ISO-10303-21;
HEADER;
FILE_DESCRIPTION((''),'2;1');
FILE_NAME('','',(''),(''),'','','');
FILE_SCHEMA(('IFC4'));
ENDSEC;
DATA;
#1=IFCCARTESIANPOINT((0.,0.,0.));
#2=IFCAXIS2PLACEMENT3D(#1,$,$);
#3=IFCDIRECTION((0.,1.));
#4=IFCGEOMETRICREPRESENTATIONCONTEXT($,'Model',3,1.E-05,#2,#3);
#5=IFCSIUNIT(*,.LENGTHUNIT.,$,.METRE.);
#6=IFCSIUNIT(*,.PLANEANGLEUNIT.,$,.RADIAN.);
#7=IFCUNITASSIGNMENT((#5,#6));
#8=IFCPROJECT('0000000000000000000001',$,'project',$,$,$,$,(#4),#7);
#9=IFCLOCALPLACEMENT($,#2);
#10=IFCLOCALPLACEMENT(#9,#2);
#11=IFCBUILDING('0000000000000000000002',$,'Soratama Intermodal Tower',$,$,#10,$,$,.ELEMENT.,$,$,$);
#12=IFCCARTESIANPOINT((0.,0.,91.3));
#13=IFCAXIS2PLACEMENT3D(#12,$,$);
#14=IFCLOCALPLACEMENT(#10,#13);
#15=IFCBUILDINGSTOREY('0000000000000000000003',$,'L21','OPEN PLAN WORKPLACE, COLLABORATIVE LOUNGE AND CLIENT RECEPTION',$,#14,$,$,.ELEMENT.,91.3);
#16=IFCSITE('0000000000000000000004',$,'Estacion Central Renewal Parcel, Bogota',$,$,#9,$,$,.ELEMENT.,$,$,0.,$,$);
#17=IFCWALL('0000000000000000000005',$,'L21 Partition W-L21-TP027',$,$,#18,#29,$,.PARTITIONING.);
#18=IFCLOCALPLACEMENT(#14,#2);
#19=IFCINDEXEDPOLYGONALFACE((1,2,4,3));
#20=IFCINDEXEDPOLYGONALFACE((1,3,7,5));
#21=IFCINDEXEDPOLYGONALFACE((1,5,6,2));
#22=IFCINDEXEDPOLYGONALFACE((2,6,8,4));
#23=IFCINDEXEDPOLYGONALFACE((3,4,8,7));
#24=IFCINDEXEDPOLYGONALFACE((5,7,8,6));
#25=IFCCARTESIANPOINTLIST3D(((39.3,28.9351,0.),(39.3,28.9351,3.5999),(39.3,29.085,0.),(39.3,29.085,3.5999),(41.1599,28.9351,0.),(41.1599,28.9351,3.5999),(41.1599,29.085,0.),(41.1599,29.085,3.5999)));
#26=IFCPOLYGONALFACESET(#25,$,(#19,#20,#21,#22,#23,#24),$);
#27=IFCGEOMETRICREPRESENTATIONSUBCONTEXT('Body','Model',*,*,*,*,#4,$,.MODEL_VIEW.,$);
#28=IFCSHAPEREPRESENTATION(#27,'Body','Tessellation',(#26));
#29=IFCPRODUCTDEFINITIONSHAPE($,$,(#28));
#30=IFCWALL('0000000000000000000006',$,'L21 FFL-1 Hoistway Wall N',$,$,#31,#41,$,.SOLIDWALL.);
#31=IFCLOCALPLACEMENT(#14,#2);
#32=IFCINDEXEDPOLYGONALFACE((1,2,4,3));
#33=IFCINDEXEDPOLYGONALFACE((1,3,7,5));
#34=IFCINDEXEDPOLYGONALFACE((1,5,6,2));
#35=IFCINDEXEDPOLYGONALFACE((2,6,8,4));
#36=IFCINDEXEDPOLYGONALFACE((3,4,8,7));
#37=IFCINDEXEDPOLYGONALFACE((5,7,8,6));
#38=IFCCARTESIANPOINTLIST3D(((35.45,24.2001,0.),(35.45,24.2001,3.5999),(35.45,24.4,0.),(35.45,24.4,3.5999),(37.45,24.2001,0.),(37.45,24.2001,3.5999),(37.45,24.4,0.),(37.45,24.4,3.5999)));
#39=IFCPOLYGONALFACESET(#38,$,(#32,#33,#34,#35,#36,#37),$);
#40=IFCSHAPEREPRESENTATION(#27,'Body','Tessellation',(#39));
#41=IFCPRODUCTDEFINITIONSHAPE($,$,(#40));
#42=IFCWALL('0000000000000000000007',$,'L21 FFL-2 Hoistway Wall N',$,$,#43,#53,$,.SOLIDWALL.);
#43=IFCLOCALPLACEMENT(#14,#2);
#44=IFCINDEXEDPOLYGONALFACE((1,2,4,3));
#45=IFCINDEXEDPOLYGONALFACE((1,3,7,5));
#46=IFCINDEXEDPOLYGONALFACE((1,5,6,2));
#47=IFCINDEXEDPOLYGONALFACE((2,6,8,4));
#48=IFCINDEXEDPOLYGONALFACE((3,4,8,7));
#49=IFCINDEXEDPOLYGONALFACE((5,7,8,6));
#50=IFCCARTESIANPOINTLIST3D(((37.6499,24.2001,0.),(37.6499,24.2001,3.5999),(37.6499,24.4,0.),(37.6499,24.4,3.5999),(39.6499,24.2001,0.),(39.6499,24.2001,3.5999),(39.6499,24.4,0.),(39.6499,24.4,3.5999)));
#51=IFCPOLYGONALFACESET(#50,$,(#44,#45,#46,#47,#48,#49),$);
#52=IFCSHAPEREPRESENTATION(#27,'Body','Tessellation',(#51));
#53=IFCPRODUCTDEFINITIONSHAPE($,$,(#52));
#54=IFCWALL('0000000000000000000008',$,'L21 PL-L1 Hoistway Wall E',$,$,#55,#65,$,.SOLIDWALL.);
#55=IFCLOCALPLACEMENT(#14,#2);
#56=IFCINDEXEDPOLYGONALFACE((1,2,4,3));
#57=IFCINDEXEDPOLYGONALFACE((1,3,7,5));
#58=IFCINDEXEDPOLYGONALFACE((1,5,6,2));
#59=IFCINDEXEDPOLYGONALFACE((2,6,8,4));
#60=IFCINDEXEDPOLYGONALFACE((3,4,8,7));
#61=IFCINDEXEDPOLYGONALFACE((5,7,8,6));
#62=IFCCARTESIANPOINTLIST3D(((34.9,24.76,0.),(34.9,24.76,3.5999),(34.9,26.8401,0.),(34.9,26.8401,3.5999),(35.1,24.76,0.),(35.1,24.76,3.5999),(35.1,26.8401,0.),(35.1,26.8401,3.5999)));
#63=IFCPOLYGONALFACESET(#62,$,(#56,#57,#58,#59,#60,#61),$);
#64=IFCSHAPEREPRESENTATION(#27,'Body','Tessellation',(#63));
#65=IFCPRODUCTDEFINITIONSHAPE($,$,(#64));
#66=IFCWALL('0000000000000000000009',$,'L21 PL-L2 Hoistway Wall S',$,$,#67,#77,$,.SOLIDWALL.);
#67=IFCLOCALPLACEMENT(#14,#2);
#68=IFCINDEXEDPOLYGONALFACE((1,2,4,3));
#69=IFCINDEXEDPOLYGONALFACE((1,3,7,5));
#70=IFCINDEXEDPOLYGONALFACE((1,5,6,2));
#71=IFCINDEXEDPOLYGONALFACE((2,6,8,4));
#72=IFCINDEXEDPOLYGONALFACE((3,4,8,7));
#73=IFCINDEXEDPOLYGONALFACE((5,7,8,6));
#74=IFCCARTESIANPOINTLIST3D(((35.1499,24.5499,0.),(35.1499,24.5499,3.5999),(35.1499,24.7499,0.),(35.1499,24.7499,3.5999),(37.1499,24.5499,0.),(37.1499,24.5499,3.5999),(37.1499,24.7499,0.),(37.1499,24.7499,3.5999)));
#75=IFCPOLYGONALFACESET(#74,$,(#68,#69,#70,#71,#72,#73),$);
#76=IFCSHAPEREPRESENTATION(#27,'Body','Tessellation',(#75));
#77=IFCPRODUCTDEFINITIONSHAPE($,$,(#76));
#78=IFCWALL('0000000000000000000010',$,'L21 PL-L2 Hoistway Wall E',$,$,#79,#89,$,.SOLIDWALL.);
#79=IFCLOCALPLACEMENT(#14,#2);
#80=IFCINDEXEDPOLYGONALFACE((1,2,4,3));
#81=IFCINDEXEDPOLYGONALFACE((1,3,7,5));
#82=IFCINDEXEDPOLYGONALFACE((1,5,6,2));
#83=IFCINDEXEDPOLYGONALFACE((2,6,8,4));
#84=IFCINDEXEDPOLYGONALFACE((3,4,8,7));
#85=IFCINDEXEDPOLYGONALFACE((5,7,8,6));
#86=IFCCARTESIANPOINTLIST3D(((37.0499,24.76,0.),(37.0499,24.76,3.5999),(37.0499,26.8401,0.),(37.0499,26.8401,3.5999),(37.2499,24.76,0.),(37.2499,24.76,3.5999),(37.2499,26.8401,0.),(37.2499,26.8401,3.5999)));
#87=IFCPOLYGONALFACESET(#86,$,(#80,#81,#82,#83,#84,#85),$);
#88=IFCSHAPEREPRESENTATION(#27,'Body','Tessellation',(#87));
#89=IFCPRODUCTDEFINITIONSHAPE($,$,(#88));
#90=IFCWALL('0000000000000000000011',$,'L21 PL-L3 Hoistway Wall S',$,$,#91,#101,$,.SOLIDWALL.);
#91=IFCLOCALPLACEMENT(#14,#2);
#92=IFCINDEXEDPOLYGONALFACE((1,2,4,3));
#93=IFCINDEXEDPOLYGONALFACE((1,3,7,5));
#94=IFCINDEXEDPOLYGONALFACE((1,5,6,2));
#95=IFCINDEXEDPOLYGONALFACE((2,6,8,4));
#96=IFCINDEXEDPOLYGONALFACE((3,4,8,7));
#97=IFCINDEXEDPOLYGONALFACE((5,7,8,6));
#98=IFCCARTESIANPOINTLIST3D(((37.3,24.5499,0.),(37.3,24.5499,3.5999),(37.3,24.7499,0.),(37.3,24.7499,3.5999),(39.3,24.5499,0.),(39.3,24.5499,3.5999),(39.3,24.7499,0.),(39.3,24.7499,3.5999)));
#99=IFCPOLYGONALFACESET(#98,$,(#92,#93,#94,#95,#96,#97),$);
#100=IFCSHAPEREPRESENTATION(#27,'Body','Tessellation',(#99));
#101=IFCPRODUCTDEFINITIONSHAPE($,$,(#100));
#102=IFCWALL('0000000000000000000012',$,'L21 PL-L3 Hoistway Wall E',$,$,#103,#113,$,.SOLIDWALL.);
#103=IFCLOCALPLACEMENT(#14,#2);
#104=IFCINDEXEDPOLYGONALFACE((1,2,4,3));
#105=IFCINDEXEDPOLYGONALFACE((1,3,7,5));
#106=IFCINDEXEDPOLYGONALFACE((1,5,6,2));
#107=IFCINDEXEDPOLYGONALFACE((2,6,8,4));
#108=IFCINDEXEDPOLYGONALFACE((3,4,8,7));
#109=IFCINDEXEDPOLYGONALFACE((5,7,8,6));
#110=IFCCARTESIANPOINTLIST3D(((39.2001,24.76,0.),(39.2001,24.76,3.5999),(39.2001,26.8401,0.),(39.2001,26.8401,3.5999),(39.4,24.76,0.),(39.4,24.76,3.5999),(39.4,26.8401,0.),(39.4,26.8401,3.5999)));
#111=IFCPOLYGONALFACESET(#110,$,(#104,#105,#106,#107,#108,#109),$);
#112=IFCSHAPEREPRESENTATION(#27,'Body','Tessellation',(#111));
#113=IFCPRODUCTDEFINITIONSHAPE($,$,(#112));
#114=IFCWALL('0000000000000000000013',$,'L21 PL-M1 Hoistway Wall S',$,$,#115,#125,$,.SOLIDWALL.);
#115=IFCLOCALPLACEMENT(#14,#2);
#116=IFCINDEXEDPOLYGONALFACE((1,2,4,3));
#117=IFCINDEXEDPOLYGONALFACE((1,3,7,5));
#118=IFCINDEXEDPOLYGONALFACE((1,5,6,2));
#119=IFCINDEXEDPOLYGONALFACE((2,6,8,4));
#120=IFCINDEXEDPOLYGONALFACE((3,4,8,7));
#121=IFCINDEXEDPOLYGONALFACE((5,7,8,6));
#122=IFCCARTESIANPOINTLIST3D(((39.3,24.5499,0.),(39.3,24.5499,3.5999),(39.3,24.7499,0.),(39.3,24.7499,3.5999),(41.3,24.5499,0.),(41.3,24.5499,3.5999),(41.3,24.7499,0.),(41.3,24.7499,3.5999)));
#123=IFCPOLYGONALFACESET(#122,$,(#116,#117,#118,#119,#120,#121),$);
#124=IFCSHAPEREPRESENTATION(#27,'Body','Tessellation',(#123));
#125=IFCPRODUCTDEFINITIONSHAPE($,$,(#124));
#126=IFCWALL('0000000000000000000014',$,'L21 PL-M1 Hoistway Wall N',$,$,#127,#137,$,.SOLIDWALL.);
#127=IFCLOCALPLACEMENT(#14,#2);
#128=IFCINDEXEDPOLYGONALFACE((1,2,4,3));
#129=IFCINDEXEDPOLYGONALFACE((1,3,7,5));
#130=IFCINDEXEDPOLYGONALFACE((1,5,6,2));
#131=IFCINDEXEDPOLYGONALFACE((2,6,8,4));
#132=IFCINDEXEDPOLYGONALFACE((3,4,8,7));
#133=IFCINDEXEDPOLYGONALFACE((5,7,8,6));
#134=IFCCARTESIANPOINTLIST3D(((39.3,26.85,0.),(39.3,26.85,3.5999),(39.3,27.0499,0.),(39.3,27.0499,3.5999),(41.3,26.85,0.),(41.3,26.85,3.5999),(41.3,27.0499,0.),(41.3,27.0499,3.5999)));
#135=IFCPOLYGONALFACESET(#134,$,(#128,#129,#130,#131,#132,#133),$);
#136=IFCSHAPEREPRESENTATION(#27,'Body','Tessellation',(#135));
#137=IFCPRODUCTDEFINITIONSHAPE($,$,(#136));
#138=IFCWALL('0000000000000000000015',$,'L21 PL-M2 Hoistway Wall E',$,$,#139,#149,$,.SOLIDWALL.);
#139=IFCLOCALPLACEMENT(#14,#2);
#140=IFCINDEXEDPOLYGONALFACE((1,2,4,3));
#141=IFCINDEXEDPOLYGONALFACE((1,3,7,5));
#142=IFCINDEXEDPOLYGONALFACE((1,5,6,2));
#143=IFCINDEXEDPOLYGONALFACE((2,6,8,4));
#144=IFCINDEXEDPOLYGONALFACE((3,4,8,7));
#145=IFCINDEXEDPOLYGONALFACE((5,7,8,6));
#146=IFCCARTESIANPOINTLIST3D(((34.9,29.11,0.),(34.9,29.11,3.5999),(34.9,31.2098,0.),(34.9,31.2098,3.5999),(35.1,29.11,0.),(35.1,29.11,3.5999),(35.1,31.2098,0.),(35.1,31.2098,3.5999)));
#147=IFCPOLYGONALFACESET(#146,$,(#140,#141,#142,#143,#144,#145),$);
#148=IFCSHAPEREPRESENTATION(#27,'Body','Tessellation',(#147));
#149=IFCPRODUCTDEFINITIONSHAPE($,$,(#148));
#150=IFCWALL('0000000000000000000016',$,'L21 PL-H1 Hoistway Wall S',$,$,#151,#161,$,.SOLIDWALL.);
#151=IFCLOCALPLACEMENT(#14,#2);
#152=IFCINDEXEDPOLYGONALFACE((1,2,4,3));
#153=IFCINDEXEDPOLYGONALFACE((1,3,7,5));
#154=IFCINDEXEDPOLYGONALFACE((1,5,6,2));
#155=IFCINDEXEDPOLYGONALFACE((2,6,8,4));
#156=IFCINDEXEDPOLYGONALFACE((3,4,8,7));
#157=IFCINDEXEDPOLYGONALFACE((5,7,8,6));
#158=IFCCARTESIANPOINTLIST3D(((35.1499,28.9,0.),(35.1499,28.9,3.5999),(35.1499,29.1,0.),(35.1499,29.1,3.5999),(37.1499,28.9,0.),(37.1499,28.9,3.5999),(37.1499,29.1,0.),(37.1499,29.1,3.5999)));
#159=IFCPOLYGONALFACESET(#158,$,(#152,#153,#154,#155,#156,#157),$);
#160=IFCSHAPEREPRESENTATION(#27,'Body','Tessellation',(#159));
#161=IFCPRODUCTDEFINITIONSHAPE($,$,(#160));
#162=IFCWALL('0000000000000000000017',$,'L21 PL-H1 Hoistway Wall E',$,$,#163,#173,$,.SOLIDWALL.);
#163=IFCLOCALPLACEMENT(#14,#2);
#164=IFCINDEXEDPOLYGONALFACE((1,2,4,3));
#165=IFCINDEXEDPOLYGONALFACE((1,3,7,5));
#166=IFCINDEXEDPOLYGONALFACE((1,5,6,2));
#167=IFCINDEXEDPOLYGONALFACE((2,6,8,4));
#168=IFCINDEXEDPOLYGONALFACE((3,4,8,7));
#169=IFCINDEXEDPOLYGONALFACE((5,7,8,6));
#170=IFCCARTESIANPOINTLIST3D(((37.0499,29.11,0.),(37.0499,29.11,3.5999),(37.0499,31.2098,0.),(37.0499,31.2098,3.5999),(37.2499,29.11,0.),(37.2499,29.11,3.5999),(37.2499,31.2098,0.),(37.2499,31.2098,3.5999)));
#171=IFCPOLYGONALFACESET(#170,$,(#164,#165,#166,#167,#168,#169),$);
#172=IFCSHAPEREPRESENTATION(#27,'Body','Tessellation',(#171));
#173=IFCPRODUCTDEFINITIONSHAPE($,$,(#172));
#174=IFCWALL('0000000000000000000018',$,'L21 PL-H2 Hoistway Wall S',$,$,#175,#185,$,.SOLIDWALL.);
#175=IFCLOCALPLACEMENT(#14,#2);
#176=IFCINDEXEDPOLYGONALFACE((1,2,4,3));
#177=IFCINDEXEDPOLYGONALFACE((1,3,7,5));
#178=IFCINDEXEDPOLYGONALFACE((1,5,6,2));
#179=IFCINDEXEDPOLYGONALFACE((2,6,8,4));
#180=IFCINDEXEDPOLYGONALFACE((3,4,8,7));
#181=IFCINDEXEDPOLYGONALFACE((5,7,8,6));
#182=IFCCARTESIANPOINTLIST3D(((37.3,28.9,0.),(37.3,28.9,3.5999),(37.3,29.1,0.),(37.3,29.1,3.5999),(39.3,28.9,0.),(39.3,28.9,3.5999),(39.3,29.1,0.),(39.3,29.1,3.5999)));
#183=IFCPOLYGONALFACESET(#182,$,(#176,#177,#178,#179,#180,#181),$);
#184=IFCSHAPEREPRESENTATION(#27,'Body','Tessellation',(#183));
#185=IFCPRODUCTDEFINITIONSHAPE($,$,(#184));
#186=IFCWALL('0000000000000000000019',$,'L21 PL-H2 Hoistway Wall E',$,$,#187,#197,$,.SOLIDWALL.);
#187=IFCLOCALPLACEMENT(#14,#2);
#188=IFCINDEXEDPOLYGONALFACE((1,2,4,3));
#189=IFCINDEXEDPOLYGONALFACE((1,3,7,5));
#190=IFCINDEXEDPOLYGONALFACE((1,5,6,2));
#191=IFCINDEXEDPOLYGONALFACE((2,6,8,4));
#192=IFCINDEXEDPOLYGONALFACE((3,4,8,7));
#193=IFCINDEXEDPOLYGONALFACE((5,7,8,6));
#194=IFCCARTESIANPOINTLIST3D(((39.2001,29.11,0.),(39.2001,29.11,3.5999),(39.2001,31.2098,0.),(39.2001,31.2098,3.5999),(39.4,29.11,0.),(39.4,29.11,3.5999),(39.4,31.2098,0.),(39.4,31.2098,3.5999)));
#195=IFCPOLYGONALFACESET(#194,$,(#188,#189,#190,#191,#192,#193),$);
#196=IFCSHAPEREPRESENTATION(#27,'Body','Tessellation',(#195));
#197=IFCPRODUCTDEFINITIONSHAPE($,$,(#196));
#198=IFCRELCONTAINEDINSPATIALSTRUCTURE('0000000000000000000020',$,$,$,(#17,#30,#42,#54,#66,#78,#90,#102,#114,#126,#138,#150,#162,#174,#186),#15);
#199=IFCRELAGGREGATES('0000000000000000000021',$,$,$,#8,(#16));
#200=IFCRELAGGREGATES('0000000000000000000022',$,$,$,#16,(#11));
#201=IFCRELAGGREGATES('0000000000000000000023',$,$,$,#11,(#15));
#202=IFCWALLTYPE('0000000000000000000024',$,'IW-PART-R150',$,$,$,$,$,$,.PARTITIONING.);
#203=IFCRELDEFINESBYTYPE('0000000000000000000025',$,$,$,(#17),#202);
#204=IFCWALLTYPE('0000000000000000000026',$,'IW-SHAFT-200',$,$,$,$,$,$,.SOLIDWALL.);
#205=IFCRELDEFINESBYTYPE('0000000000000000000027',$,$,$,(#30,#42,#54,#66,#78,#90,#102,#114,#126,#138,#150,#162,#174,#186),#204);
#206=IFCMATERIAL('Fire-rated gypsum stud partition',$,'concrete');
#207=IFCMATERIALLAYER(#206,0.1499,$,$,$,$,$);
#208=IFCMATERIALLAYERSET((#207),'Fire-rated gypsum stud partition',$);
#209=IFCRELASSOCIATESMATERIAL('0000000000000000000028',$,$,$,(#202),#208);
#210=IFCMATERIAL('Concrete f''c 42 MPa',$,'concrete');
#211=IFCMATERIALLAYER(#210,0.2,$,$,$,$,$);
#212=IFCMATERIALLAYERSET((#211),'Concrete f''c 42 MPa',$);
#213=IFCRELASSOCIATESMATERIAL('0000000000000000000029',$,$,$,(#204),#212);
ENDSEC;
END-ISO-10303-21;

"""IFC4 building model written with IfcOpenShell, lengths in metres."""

from ifc_helpers import new_model, si_unit, direction, frame, frame_2d, origin, place, context, subcontext, project, spatial, rectangle, extrude, material, layer, layer_set, type_object, element, save


model = new_model("IFC4")

# Units and contexts
model_context = context("Model", 3, precision=1e-05, world=origin(), true_north=direction((0.0, 1.0)))
body_context = subcontext(model_context, "Body", "Model", "MODEL_VIEW")
ifc_project = project(units=[si_unit("LENGTHUNIT", "METRE"), si_unit("PLANEANGLEUNIT", "RADIAN")], contexts=[model_context])

# Site, building, storey
site_placement = place(None, origin())
site = spatial("IfcSite", under=ifc_project, at=site_placement, Name="Estacion Central Renewal Parcel, Bogota", CompositionType="ELEMENT", RefElevation=0.0)
building_placement = place(site_placement, origin())
building = spatial("IfcBuilding", under=site, at=building_placement, Name="Soratama Intermodal Tower", CompositionType="ELEMENT")
storey_placement = place(building_placement, frame((0.0, 0.0, 91.3)))
storey = spatial("IfcBuildingStorey", under=building, at=storey_placement, Name="L21", Description="OPEN PLAN WORKPLACE, COLLABORATIVE LOUNGE AND CLIENT RECEPTION", CompositionType="ELEMENT", Elevation=91.3)

# Walls
ifc_material_1 = material(Name="Fire-rated gypsum stud partition", Category="concrete")
ifc_layer_1 = layer(ifc_material_1, 0.1499)
ifc_layer_set_1 = layer_set([ifc_layer_1], Name="Fire-rated gypsum stud partition")
wall_type_1 = type_object("IfcWallType", Name="IW-PART-R150", PredefinedType="PARTITIONING", material=ifc_layer_set_1)
wall_1_placement = place(storey_placement, frame((39.3, 29.01, 0.0), z_axis=(0.0, 0.0, 1.0), x_axis=(1.0, 0.0, 0.0)))
element("IfcWall", 1, at=wall_1_placement, inside=storey, type_object=wall_type_1, Name="L21 Partition W-L21-TP027", PredefinedType="PARTITIONING", context=body_context, shape_type="SweptSolid", body=[
    extrude(rectangle(XDim=1.8599, YDim=0.1499, at=frame_2d((0.9299, 0.0))), origin(), (0.0, 0.0, 1.0), 3.5999),
])
ifc_material_2 = material(Name="Concrete f'c 42 MPa", Category="concrete")
ifc_layer_2 = layer(ifc_material_2, 0.2)
ifc_layer_set_2 = layer_set([ifc_layer_2], Name="Concrete f'c 42 MPa")
wall_type_2 = type_object("IfcWallType", Name="IW-SHAFT-200", PredefinedType="SOLIDWALL", material=ifc_layer_set_2)
for number, where, z_axis, x_axis, name in (
    (2, (35.45, 24.3, 0.0), (0.0, 0.0, 1.0), (1.0, 0.0, 0.0), "L21 FFL-1 Hoistway Wall N"),
    (3, (37.6499, 24.3, 0.0), (0.0, 0.0, 1.0), (1.0, 0.0, 0.0), "L21 FFL-2 Hoistway Wall N"),
):
    element("IfcWall", number, at=place(storey_placement, frame(where, z_axis=z_axis, x_axis=x_axis)), inside=storey, type_object=wall_type_2, Name=name, PredefinedType="SOLIDWALL", context=body_context, shape_type="SweptSolid", body=[
        extrude(rectangle(XDim=2.0, YDim=0.2, at=frame_2d((1.0, 0.0))), origin(), (0.0, 0.0, 1.0), 3.5999),
    ])
wall_2_placement = place(storey_placement, frame((35.0, 24.76, 0.0), z_axis=(0.0, 0.0, 1.0), x_axis=(0.0, 1.0, 0.0)))
element("IfcWall", 4, at=wall_2_placement, inside=storey, type_object=wall_type_2, Name="L21 PL-L1 Hoistway Wall E", PredefinedType="SOLIDWALL", context=body_context, shape_type="SweptSolid", body=[
    extrude(rectangle(XDim=2.0801, YDim=0.2, at=frame_2d((1.04, 0.0))), origin(), (0.0, 0.0, 1.0), 3.5999),
])
wall_3_placement = place(storey_placement, frame((35.1499, 24.6499, 0.0), z_axis=(0.0, 0.0, 1.0), x_axis=(1.0, 0.0, 0.0)))
element("IfcWall", 5, at=wall_3_placement, inside=storey, type_object=wall_type_2, Name="L21 PL-L2 Hoistway Wall S", PredefinedType="SOLIDWALL", context=body_context, shape_type="SweptSolid", body=[
    extrude(rectangle(XDim=2.0, YDim=0.2, at=frame_2d((1.0, 0.0))), origin(), (0.0, 0.0, 1.0), 3.5999),
])

# Walls
wall_4_placement = place(storey_placement, frame((37.1499, 24.76, 0.0), z_axis=(0.0, 0.0, 1.0), x_axis=(0.0, 1.0, 0.0)))
element("IfcWall", 6, at=wall_4_placement, inside=storey, type_object=wall_type_2, Name="L21 PL-L2 Hoistway Wall E", PredefinedType="SOLIDWALL", context=body_context, shape_type="SweptSolid", body=[
    extrude(rectangle(XDim=2.0801, YDim=0.2, at=frame_2d((1.04, 0.0))), origin(), (0.0, 0.0, 1.0), 3.5999),
])
wall_5_placement = place(storey_placement, frame((37.3, 24.6499, 0.0), z_axis=(0.0, 0.0, 1.0), x_axis=(1.0, 0.0, 0.0)))
element("IfcWall", 7, at=wall_5_placement, inside=storey, type_object=wall_type_2, Name="L21 PL-L3 Hoistway Wall S", PredefinedType="SOLIDWALL", context=body_context, shape_type="SweptSolid", body=[
    extrude(rectangle(XDim=2.0, YDim=0.2, at=frame_2d((1.0, 0.0))), origin(), (0.0, 0.0, 1.0), 3.5999),
])

# Walls
wall_6_placement = place(storey_placement, frame((39.3, 24.76, 0.0), z_axis=(0.0, 0.0, 1.0), x_axis=(0.0, 1.0, 0.0)))
element("IfcWall", 8, at=wall_6_placement, inside=storey, type_object=wall_type_2, Name="L21 PL-L3 Hoistway Wall E", PredefinedType="SOLIDWALL", context=body_context, shape_type="SweptSolid", body=[
    extrude(rectangle(XDim=2.0801, YDim=0.2, at=frame_2d((1.04, 0.0))), origin(), (0.0, 0.0, 1.0), 3.5999),
])
for number, where, z_axis, x_axis, name in (
    (9, (39.3, 24.6499, 0.0), (0.0, 0.0, 1.0), (1.0, 0.0, 0.0), "L21 PL-M1 Hoistway Wall S"),
    (10, (39.3, 26.95, 0.0), (0.0, 0.0, 1.0), (1.0, 0.0, 0.0), "L21 PL-M1 Hoistway Wall N"),
):
    element("IfcWall", number, at=place(storey_placement, frame(where, z_axis=z_axis, x_axis=x_axis)), inside=storey, type_object=wall_type_2, Name=name, PredefinedType="SOLIDWALL", context=body_context, shape_type="SweptSolid", body=[
        extrude(rectangle(XDim=2.0, YDim=0.2, at=frame_2d((1.0, 0.0))), origin(), (0.0, 0.0, 1.0), 3.5999),
    ])
wall_7_placement = place(storey_placement, frame((35.0, 29.1101, 0.0), z_axis=(0.0, 0.0, 1.0), x_axis=(0.0, 1.0, 0.0)))
element("IfcWall", 11, at=wall_7_placement, inside=storey, type_object=wall_type_2, Name="L21 PL-M2 Hoistway Wall E", PredefinedType="SOLIDWALL", context=body_context, shape_type="SweptSolid", body=[
    extrude(rectangle(XDim=2.0999, YDim=0.2, at=frame_2d((1.0498, 0.0))), origin(), (0.0, 0.0, 1.0), 3.5999),
])
wall_8_placement = place(storey_placement, frame((35.1499, 29.0, 0.0), z_axis=(0.0, 0.0, 1.0), x_axis=(1.0, 0.0, 0.0)))
element("IfcWall", 12, at=wall_8_placement, inside=storey, type_object=wall_type_2, Name="L21 PL-H1 Hoistway Wall S", PredefinedType="SOLIDWALL", context=body_context, shape_type="SweptSolid", body=[
    extrude(rectangle(XDim=2.0, YDim=0.2, at=frame_2d((1.0, 0.0))), origin(), (0.0, 0.0, 1.0), 3.5999),
])
wall_9_placement = place(storey_placement, frame((37.1499, 29.1101, 0.0), z_axis=(0.0, 0.0, 1.0), x_axis=(0.0, 1.0, 0.0)))
element("IfcWall", 13, at=wall_9_placement, inside=storey, type_object=wall_type_2, Name="L21 PL-H1 Hoistway Wall E", PredefinedType="SOLIDWALL", context=body_context, shape_type="SweptSolid", body=[
    extrude(rectangle(XDim=2.0999, YDim=0.2, at=frame_2d((1.0498, 0.0))), origin(), (0.0, 0.0, 1.0), 3.5999),
])
wall_10_placement = place(storey_placement, frame((37.3, 29.0, 0.0), z_axis=(0.0, 0.0, 1.0), x_axis=(1.0, 0.0, 0.0)))
element("IfcWall", 14, at=wall_10_placement, inside=storey, type_object=wall_type_2, Name="L21 PL-H2 Hoistway Wall S", PredefinedType="SOLIDWALL", context=body_context, shape_type="SweptSolid", body=[
    extrude(rectangle(XDim=2.0, YDim=0.2, at=frame_2d((1.0, 0.0))), origin(), (0.0, 0.0, 1.0), 3.5999),
])
wall_11_placement = place(storey_placement, frame((39.3, 29.1101, 0.0), z_axis=(0.0, 0.0, 1.0), x_axis=(0.0, 1.0, 0.0)))
element("IfcWall", 15, at=wall_11_placement, inside=storey, type_object=wall_type_2, Name="L21 PL-H2 Hoistway Wall E", PredefinedType="SOLIDWALL", context=body_context, shape_type="SweptSolid", body=[
    extrude(rectangle(XDim=2.0999, YDim=0.2, at=frame_2d((1.0498, 0.0))), origin(), (0.0, 0.0, 1.0), 3.5999),
])

save(model, "model.ifc")
